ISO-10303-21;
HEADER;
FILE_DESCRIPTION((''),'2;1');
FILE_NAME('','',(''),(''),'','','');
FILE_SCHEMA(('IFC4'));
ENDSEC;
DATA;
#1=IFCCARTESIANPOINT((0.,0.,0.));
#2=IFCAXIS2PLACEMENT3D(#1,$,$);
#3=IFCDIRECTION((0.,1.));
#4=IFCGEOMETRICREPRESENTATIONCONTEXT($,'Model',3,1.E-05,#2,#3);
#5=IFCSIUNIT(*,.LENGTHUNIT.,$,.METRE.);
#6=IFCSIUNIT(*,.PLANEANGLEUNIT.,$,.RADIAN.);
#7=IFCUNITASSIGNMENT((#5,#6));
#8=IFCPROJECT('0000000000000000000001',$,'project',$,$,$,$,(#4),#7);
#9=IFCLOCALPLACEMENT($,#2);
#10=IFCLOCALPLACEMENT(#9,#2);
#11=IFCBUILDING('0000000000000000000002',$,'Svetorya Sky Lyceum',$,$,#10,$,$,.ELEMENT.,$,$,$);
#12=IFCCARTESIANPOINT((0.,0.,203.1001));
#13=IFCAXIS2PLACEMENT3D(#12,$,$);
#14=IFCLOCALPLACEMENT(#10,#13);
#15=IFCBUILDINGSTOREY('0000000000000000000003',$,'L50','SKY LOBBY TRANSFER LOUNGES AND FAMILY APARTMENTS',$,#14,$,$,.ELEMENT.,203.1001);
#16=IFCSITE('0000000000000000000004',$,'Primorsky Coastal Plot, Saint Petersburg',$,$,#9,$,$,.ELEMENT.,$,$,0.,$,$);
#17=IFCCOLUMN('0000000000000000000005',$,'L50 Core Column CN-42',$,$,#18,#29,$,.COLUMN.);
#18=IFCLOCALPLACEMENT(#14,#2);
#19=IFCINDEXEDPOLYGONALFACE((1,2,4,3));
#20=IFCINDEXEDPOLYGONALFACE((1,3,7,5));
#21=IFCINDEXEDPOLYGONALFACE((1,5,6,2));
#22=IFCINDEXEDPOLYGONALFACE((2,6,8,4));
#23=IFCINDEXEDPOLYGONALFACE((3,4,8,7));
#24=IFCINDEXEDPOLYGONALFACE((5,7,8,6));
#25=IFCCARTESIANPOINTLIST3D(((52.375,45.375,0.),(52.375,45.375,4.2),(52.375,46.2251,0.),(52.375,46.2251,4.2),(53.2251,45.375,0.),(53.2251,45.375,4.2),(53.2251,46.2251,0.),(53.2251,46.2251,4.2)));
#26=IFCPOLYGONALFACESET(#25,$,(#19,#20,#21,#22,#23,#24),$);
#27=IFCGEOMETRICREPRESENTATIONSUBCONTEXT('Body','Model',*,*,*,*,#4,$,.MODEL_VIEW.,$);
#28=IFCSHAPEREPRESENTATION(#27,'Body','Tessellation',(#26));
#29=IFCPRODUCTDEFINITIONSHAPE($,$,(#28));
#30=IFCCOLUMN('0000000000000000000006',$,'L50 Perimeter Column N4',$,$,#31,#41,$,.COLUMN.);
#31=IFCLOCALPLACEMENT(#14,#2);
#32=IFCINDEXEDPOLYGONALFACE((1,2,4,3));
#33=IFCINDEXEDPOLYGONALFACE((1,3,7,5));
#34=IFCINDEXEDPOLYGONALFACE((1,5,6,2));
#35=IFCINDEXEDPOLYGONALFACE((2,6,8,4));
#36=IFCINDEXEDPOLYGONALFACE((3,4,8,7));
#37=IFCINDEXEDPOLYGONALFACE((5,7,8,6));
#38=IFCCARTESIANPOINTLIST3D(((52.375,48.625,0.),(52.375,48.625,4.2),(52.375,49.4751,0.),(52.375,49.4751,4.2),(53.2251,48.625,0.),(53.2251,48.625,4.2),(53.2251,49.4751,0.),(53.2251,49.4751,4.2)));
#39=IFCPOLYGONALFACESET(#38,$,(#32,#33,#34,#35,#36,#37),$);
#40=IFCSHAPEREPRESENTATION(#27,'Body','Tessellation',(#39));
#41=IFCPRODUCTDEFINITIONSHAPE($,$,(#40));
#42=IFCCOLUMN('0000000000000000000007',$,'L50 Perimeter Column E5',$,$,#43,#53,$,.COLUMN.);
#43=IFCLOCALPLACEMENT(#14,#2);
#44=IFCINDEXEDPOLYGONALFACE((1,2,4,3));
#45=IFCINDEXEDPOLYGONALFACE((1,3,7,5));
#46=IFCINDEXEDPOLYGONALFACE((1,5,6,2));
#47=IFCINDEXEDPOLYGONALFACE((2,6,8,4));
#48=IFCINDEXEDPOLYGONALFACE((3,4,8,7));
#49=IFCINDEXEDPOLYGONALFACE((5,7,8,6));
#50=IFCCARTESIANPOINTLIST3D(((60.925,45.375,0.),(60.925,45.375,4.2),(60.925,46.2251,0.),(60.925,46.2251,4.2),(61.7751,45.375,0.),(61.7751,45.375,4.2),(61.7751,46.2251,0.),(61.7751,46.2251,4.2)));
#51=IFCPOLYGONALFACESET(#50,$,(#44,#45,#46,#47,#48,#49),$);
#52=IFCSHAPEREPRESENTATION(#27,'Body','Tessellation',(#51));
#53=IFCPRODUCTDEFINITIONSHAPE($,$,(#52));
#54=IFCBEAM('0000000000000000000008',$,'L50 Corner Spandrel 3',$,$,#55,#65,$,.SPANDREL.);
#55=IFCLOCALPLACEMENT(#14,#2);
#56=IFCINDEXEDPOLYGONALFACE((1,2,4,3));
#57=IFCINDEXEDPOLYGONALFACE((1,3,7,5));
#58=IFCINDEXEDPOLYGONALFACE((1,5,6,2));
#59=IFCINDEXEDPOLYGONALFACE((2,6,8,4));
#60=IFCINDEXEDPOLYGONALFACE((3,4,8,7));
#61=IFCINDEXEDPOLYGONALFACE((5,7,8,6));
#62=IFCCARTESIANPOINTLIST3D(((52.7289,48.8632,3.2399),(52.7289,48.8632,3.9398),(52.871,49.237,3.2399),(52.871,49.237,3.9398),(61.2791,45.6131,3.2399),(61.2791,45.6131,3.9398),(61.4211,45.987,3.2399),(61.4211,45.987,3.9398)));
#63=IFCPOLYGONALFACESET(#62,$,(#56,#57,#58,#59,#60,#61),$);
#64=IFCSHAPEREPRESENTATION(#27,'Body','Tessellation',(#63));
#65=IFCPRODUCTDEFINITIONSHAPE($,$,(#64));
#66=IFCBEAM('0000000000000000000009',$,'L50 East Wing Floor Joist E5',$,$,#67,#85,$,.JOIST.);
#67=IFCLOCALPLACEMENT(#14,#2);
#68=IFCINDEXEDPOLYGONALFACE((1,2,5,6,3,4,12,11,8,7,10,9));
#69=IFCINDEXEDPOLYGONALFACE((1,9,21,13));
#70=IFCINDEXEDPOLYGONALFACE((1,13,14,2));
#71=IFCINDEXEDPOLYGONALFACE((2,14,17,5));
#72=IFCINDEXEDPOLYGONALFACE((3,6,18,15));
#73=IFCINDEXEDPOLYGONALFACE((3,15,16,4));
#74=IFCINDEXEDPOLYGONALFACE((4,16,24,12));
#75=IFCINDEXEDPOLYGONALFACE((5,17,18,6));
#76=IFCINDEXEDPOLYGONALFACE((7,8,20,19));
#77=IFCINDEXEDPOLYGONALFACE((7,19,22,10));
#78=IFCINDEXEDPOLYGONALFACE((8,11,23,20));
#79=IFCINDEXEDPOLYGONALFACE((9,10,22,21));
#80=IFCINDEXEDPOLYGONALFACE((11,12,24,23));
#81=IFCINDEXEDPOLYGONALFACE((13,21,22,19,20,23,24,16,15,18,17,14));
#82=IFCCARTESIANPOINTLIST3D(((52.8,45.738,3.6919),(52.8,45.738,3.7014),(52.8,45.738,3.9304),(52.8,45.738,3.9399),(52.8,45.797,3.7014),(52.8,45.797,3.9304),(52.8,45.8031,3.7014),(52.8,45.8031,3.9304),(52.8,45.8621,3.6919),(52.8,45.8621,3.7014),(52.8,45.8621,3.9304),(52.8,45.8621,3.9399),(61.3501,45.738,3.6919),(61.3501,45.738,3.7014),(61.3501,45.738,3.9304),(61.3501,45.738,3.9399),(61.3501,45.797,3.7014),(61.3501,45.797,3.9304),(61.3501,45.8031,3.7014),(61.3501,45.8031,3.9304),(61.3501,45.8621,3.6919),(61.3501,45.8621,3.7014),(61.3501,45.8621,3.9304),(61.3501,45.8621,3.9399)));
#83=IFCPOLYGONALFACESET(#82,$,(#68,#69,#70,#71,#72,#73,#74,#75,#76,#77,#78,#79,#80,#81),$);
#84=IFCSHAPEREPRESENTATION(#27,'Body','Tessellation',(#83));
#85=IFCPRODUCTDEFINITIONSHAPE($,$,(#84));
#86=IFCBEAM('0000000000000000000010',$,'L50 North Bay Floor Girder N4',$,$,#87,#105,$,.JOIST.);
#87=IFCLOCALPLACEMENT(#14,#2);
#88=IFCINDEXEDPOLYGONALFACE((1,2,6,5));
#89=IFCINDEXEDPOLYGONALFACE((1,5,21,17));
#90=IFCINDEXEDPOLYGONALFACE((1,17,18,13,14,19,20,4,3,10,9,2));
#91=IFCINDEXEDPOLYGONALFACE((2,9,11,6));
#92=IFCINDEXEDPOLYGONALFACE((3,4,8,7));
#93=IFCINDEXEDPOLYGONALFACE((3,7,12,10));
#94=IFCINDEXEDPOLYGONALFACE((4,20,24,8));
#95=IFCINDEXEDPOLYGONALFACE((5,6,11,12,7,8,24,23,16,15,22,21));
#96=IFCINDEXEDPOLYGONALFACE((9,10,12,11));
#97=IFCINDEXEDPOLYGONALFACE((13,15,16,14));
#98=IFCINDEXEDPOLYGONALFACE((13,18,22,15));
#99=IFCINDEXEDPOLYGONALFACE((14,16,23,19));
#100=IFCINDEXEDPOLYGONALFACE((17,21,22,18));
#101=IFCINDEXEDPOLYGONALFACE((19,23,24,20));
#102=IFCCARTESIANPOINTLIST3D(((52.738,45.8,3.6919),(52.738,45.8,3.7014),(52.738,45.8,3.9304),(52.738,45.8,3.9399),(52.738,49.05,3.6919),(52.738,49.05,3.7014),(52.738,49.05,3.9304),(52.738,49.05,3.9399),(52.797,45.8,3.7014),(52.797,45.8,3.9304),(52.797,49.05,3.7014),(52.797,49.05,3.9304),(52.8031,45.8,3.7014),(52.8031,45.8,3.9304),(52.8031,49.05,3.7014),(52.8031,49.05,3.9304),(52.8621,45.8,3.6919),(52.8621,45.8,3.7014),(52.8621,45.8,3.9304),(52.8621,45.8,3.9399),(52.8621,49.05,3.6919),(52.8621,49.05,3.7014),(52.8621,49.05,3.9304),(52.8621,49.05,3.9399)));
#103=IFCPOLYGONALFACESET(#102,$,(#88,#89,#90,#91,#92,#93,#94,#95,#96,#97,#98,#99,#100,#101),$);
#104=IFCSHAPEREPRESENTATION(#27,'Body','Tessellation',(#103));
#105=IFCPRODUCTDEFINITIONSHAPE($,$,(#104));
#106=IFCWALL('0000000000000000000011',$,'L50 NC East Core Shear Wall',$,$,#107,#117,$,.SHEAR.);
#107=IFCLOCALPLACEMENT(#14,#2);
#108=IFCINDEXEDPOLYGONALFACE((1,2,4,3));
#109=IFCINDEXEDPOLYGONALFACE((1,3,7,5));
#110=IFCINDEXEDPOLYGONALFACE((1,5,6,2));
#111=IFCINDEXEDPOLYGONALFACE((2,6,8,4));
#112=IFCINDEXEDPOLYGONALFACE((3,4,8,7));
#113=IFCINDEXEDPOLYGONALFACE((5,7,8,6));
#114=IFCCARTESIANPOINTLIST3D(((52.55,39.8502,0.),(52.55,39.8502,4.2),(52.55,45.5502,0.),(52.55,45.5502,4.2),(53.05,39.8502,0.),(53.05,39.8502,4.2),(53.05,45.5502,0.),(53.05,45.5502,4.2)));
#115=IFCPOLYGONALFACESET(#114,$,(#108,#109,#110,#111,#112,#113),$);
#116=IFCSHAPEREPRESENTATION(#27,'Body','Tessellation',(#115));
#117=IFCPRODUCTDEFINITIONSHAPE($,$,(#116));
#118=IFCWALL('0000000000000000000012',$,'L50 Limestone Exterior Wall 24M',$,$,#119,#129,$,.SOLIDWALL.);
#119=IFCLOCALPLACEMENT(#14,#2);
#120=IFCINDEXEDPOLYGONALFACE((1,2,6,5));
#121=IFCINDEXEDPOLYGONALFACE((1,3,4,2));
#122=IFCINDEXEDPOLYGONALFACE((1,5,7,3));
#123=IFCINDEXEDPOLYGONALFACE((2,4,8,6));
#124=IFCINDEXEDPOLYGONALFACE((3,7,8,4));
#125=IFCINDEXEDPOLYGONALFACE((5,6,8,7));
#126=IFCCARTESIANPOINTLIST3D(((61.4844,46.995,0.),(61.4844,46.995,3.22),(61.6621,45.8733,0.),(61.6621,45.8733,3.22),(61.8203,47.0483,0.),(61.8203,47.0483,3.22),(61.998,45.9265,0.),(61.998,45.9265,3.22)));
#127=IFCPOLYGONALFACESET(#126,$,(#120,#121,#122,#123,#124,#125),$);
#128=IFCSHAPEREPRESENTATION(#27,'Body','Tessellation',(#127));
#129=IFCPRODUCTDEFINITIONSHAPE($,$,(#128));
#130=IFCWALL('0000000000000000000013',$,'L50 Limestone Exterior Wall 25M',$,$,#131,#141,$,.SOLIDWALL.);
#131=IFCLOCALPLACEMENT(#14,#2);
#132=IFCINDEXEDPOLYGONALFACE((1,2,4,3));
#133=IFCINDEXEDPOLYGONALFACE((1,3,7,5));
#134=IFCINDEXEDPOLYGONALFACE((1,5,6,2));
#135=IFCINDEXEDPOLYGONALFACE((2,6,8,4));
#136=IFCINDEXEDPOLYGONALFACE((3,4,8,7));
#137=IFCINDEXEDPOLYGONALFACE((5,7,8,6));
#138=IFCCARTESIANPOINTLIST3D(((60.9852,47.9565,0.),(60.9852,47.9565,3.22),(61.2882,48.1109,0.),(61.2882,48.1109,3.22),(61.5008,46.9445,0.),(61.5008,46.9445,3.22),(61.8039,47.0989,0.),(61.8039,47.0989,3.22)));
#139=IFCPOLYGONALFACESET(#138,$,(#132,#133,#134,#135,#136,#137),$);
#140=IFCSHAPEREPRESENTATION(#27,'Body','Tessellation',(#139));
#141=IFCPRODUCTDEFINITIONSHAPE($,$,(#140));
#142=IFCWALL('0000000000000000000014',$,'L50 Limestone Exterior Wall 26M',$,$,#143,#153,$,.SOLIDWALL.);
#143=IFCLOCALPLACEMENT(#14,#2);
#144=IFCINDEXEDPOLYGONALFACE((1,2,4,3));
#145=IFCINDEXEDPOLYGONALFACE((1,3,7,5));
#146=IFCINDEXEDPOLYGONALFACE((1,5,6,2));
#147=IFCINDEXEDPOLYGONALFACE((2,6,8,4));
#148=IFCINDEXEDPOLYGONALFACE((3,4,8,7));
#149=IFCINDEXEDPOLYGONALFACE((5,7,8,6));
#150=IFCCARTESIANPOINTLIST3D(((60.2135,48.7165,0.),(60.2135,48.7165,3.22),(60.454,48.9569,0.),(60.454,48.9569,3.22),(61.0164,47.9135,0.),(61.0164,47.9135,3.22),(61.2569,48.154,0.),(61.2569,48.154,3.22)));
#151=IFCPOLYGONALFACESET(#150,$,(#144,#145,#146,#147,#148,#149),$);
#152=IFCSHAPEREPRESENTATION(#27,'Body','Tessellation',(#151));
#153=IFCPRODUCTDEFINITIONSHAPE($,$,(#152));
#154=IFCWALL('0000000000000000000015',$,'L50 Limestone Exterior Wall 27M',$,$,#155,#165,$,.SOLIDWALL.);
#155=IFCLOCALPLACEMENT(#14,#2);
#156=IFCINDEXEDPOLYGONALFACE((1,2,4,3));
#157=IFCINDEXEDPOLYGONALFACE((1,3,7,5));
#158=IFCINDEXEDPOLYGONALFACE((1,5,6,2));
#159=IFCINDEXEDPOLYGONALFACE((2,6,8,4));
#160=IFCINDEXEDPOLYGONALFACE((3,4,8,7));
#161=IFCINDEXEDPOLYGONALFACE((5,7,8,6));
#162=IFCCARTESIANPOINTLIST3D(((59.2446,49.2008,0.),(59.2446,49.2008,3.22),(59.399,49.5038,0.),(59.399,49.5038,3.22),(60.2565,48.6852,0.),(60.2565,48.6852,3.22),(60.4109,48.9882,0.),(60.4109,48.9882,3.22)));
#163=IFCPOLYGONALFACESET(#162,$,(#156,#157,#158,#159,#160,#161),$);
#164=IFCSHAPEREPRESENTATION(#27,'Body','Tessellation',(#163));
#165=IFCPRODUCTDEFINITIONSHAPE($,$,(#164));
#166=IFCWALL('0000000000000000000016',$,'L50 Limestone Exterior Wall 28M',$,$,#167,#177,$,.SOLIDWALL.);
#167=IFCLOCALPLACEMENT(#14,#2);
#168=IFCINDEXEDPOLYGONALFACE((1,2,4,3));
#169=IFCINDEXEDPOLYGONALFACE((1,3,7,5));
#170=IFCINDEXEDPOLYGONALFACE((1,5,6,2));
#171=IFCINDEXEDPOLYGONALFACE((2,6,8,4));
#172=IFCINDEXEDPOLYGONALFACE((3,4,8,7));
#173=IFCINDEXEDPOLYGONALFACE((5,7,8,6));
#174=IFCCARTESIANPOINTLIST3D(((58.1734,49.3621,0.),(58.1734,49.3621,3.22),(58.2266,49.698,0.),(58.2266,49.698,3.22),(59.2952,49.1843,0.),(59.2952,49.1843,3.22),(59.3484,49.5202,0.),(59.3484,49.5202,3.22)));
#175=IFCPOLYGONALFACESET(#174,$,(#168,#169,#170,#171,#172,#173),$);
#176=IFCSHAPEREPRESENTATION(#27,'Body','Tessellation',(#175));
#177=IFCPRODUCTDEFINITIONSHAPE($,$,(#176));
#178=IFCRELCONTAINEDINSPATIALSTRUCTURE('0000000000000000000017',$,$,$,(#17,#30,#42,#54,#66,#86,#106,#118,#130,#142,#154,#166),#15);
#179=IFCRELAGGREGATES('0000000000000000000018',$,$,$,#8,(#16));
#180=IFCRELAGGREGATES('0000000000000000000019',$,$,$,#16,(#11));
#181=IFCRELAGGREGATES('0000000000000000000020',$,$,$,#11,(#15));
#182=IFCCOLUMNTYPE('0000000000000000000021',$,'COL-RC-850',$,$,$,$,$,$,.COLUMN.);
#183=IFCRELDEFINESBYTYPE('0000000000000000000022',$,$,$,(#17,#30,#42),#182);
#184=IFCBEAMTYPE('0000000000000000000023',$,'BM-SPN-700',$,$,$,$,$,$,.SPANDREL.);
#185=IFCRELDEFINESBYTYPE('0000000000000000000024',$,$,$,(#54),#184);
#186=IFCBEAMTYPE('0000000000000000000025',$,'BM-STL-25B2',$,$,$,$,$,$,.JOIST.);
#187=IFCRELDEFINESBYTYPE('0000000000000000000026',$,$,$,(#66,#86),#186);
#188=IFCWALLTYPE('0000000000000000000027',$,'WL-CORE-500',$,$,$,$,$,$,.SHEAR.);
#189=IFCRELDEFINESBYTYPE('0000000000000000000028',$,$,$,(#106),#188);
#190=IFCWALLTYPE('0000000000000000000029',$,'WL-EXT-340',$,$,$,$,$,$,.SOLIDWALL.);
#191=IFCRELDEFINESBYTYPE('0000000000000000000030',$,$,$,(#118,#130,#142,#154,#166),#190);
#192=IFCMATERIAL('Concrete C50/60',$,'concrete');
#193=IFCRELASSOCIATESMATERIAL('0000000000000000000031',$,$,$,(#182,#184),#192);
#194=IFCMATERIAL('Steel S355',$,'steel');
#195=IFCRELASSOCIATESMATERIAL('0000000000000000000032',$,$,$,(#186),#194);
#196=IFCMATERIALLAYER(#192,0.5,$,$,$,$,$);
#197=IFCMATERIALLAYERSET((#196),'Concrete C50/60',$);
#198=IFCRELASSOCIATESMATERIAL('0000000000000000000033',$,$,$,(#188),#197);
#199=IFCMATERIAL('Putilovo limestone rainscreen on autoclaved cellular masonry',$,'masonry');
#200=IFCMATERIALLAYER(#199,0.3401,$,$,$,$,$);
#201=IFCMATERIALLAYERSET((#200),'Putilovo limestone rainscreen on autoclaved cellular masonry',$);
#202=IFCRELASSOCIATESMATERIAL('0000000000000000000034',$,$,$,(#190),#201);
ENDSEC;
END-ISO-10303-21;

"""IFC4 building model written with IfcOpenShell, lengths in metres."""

from ifc_helpers import new_model, si_unit, direction, frame, frame_2d, origin, origin_2d, place, context, subcontext, project, spatial, rectangle, i_section, extrude, material, layer, layer_set, material_profile, profile_set, type_object, element, save


model = new_model("IFC4")

# Units and contexts
model_context = context("Model", 3, precision=1e-05, world=origin(), true_north=direction((0.0, 1.0)))
body_context = subcontext(model_context, "Body", "Model", "MODEL_VIEW")
ifc_project = project(units=[si_unit("LENGTHUNIT", "METRE"), si_unit("PLANEANGLEUNIT", "RADIAN")], contexts=[model_context])

# Site, building, storey
site_placement = place(None, origin())
site = spatial("IfcSite", under=ifc_project, at=site_placement, Name="Primorsky Coastal Plot, Saint Petersburg", CompositionType="ELEMENT", RefElevation=0.0)
building_placement = place(site_placement, origin())
building = spatial("IfcBuilding", under=site, at=building_placement, Name="Svetorya Sky Lyceum", CompositionType="ELEMENT")
storey_placement = place(building_placement, frame((0.0, 0.0, 203.1001)))
storey = spatial("IfcBuildingStorey", under=building, at=storey_placement, Name="L50", Description="SKY LOBBY TRANSFER LOUNGES AND FAMILY APARTMENTS", CompositionType="ELEMENT", Elevation=203.1001)

# Columns
ifc_material_1 = material(Name="Concrete C50/60", Category="concrete")
ifc_material_profile_1 = material_profile(ifc_material_1, rectangle(XDim=0.8501, YDim=0.8501, at=origin_2d()), Name="RC COL 850x850")
ifc_profile_set_1 = profile_set([ifc_material_profile_1], Name="Concrete C50/60")
column_type = type_object("IfcColumnType", Name="COL-RC-850", PredefinedType="COLUMN", material=ifc_profile_set_1)
for number, where, z_axis, x_axis, name in (
    (1, (52.8, 45.8, 0.0), (0.0, 0.0, 1.0), (1.0, 0.0, 0.0), "L50 Core Column CN-42"),
    (2, (52.8, 49.05, 0.0), (0.0, 0.0, 1.0), (1.0, 0.0, 0.0), "L50 Perimeter Column N4"),
    (3, (61.3501, 45.8, 0.0), (0.0, 0.0, 1.0), (1.0, 0.0, 0.0), "L50 Perimeter Column E5"),
):
    element("IfcColumn", number, at=place(storey_placement, frame(where, z_axis=z_axis, x_axis=x_axis)), inside=storey, type_object=column_type, Name=name, PredefinedType="COLUMN", context=body_context, shape_type="SweptSolid", body=[
        extrude(rectangle(XDim=0.8501, YDim=0.8501, at=origin_2d()), origin(), (0.0, 0.0, 1.0), 4.2),
    ])

# Beams
ifc_material_profile_2 = material_profile(ifc_material_1, rectangle(XDim=0.3999, YDim=0.7, at=origin_2d()), Name="RC SPANDREL 400x700")
ifc_profile_set_2 = profile_set([ifc_material_profile_2], Name="Concrete C50/60")
beam_type_1 = type_object("IfcBeamType", Name="BM-SPN-700", PredefinedType="SPANDREL", material=ifc_profile_set_2)
beam_1_placement = place(storey_placement, frame((61.3501, 45.8, 3.5898), z_axis=(-0.934748, 0.355312, 0.0), x_axis=(-0.355312, -0.934748, 0.0)))
element("IfcBeam", 4, at=beam_1_placement, inside=storey, type_object=beam_type_1, Name="L50 Corner Spandrel 3", PredefinedType="SPANDREL", context=body_context, shape_type="SweptSolid", body=[
    extrude(rectangle(XDim=0.3999, YDim=0.7, at=origin_2d()), origin(), (0.0, 0.0, 1.0), 9.147),
])
ifc_material_2 = material(Name="Steel S355", Category="steel")
ifc_material_profile_3 = material_profile(ifc_material_2, i_section(OverallWidth=0.124, OverallDepth=0.248, WebThickness=0.0061, FlangeThickness=0.0095, at=origin_2d()), Name="GOST 25B2")
ifc_profile_set_3 = profile_set([ifc_material_profile_3], Name="Steel S355")
beam_type_2 = type_object("IfcBeamType", Name="BM-STL-25B2", PredefinedType="JOIST", material=ifc_profile_set_3)
beam_2_placement = place(storey_placement, frame((52.8, 45.8, 3.8159), z_axis=(1.0, 0.0, 0.0), x_axis=(0.0, 1.0, 0.0)))
element("IfcBeam", 5, at=beam_2_placement, inside=storey, type_object=beam_type_2, Name="L50 East Wing Floor Joist E5", PredefinedType="JOIST", context=body_context, shape_type="SweptSolid", body=[
    extrude(i_section(OverallWidth=0.124, OverallDepth=0.248, WebThickness=0.0061, FlangeThickness=0.0095, at=origin_2d()), origin(), (0.0, 0.0, 1.0), 8.55),
])
beam_3_placement = place(storey_placement, frame((52.8, 45.8, 3.8159), z_axis=(0.0, 1.0, 0.0), x_axis=(-1.0, 0.0, 0.0)))
element("IfcBeam", 6, at=beam_3_placement, inside=storey, type_object=beam_type_2, Name="L50 North Bay Floor Girder N4", PredefinedType="JOIST", context=body_context, shape_type="SweptSolid", body=[
    extrude(i_section(OverallWidth=0.124, OverallDepth=0.248, WebThickness=0.0061, FlangeThickness=0.0095, at=origin_2d()), origin(), (0.0, 0.0, 1.0), 3.25),
])

# Walls
ifc_layer_1 = layer(ifc_material_1, 0.5)
ifc_layer_set_1 = layer_set([ifc_layer_1], Name="Concrete C50/60")
wall_type_1 = type_object("IfcWallType", Name="WL-CORE-500", PredefinedType="SHEAR", material=ifc_layer_set_1)
wall_1_placement = place(storey_placement, frame((52.8, 39.8501, 0.0), z_axis=(0.0, 0.0, 1.0), x_axis=(0.0, 1.0, 0.0)))
element("IfcWall", 7, at=wall_1_placement, inside=storey, type_object=wall_type_1, Name="L50 NC East Core Shear Wall", PredefinedType="SHEAR", context=body_context, shape_type="SweptSolid", body=[
    extrude(rectangle(XDim=5.7, YDim=0.5, at=frame_2d((2.8501, 0.0))), origin(), (0.0, 0.0, 1.0), 4.2),
])
ifc_material_3 = material(Name="Putilovo limestone rainscreen on autoclaved cellular masonry", Category="masonry")
ifc_layer_2 = layer(ifc_material_3, 0.3401)
ifc_layer_set_2 = layer_set([ifc_layer_2], Name="Putilovo limestone rainscreen on autoclaved cellular masonry")
wall_type_2 = type_object("IfcWallType", Name="WL-EXT-340", PredefinedType="SOLIDWALL", material=ifc_layer_set_2)
for number, where, z_axis, x_axis, name in (
    (8, (61.8301, 45.8999, 0.0), (0.0, 0.0, 1.0), (-0.156481, 0.987681, 0.0), "L50 Limestone Exterior Wall 24M"),
    (9, (61.6523, 47.0217, 0.0), (0.0, 0.0, 1.0), (-0.453993, 0.891005, 0.0), "L50 Limestone Exterior Wall 25M"),
):
    element("IfcWall", number, at=place(storey_placement, frame(where, z_axis=z_axis, x_axis=x_axis)), inside=storey, type_object=wall_type_2, Name=name, PredefinedType="SOLIDWALL", context=body_context, shape_type="SweptSolid", body=[
        extrude(rectangle(XDim=1.1357, YDim=0.3401, at=frame_2d((0.5679, 0.0))), origin(), (0.0, 0.0, 1.0), 3.22),
    ])
wall_2_placement = place(storey_placement, frame((61.1367, 48.0337, 0.0), z_axis=(0.0, 0.0, 1.0), x_axis=(-0.707107, 0.707107, 0.0)))
element("IfcWall", 10, at=wall_2_placement, inside=storey, type_object=wall_type_2, Name="L50 Limestone Exterior Wall 26M", PredefinedType="SOLIDWALL", context=body_context, shape_type="SweptSolid", body=[
    extrude(rectangle(XDim=1.1355, YDim=0.3401, at=frame_2d((0.5679, 0.0))), origin(), (0.0, 0.0, 1.0), 3.22),
])
for number, where, z_axis, x_axis, name in (
    (11, (60.3337, 48.8367, 0.0), (0.0, 0.0, 1.0), (-0.891005, 0.453993, 0.0), "L50 Limestone Exterior Wall 27M"),
    (12, (59.3218, 49.3523, 0.0), (0.0, 0.0, 1.0), (-0.987681, 0.156481, 0.0), "L50 Limestone Exterior Wall 28M"),
):
    element("IfcWall", number, at=place(storey_placement, frame(where, z_axis=z_axis, x_axis=x_axis)), inside=storey, type_object=wall_type_2, Name=name, PredefinedType="SOLIDWALL", context=body_context, shape_type="SweptSolid", body=[
        extrude(rectangle(XDim=1.1357, YDim=0.3401, at=frame_2d((0.5679, 0.0))), origin(), (0.0, 0.0, 1.0), 3.22),
    ])

save(model, "model.ifc")
